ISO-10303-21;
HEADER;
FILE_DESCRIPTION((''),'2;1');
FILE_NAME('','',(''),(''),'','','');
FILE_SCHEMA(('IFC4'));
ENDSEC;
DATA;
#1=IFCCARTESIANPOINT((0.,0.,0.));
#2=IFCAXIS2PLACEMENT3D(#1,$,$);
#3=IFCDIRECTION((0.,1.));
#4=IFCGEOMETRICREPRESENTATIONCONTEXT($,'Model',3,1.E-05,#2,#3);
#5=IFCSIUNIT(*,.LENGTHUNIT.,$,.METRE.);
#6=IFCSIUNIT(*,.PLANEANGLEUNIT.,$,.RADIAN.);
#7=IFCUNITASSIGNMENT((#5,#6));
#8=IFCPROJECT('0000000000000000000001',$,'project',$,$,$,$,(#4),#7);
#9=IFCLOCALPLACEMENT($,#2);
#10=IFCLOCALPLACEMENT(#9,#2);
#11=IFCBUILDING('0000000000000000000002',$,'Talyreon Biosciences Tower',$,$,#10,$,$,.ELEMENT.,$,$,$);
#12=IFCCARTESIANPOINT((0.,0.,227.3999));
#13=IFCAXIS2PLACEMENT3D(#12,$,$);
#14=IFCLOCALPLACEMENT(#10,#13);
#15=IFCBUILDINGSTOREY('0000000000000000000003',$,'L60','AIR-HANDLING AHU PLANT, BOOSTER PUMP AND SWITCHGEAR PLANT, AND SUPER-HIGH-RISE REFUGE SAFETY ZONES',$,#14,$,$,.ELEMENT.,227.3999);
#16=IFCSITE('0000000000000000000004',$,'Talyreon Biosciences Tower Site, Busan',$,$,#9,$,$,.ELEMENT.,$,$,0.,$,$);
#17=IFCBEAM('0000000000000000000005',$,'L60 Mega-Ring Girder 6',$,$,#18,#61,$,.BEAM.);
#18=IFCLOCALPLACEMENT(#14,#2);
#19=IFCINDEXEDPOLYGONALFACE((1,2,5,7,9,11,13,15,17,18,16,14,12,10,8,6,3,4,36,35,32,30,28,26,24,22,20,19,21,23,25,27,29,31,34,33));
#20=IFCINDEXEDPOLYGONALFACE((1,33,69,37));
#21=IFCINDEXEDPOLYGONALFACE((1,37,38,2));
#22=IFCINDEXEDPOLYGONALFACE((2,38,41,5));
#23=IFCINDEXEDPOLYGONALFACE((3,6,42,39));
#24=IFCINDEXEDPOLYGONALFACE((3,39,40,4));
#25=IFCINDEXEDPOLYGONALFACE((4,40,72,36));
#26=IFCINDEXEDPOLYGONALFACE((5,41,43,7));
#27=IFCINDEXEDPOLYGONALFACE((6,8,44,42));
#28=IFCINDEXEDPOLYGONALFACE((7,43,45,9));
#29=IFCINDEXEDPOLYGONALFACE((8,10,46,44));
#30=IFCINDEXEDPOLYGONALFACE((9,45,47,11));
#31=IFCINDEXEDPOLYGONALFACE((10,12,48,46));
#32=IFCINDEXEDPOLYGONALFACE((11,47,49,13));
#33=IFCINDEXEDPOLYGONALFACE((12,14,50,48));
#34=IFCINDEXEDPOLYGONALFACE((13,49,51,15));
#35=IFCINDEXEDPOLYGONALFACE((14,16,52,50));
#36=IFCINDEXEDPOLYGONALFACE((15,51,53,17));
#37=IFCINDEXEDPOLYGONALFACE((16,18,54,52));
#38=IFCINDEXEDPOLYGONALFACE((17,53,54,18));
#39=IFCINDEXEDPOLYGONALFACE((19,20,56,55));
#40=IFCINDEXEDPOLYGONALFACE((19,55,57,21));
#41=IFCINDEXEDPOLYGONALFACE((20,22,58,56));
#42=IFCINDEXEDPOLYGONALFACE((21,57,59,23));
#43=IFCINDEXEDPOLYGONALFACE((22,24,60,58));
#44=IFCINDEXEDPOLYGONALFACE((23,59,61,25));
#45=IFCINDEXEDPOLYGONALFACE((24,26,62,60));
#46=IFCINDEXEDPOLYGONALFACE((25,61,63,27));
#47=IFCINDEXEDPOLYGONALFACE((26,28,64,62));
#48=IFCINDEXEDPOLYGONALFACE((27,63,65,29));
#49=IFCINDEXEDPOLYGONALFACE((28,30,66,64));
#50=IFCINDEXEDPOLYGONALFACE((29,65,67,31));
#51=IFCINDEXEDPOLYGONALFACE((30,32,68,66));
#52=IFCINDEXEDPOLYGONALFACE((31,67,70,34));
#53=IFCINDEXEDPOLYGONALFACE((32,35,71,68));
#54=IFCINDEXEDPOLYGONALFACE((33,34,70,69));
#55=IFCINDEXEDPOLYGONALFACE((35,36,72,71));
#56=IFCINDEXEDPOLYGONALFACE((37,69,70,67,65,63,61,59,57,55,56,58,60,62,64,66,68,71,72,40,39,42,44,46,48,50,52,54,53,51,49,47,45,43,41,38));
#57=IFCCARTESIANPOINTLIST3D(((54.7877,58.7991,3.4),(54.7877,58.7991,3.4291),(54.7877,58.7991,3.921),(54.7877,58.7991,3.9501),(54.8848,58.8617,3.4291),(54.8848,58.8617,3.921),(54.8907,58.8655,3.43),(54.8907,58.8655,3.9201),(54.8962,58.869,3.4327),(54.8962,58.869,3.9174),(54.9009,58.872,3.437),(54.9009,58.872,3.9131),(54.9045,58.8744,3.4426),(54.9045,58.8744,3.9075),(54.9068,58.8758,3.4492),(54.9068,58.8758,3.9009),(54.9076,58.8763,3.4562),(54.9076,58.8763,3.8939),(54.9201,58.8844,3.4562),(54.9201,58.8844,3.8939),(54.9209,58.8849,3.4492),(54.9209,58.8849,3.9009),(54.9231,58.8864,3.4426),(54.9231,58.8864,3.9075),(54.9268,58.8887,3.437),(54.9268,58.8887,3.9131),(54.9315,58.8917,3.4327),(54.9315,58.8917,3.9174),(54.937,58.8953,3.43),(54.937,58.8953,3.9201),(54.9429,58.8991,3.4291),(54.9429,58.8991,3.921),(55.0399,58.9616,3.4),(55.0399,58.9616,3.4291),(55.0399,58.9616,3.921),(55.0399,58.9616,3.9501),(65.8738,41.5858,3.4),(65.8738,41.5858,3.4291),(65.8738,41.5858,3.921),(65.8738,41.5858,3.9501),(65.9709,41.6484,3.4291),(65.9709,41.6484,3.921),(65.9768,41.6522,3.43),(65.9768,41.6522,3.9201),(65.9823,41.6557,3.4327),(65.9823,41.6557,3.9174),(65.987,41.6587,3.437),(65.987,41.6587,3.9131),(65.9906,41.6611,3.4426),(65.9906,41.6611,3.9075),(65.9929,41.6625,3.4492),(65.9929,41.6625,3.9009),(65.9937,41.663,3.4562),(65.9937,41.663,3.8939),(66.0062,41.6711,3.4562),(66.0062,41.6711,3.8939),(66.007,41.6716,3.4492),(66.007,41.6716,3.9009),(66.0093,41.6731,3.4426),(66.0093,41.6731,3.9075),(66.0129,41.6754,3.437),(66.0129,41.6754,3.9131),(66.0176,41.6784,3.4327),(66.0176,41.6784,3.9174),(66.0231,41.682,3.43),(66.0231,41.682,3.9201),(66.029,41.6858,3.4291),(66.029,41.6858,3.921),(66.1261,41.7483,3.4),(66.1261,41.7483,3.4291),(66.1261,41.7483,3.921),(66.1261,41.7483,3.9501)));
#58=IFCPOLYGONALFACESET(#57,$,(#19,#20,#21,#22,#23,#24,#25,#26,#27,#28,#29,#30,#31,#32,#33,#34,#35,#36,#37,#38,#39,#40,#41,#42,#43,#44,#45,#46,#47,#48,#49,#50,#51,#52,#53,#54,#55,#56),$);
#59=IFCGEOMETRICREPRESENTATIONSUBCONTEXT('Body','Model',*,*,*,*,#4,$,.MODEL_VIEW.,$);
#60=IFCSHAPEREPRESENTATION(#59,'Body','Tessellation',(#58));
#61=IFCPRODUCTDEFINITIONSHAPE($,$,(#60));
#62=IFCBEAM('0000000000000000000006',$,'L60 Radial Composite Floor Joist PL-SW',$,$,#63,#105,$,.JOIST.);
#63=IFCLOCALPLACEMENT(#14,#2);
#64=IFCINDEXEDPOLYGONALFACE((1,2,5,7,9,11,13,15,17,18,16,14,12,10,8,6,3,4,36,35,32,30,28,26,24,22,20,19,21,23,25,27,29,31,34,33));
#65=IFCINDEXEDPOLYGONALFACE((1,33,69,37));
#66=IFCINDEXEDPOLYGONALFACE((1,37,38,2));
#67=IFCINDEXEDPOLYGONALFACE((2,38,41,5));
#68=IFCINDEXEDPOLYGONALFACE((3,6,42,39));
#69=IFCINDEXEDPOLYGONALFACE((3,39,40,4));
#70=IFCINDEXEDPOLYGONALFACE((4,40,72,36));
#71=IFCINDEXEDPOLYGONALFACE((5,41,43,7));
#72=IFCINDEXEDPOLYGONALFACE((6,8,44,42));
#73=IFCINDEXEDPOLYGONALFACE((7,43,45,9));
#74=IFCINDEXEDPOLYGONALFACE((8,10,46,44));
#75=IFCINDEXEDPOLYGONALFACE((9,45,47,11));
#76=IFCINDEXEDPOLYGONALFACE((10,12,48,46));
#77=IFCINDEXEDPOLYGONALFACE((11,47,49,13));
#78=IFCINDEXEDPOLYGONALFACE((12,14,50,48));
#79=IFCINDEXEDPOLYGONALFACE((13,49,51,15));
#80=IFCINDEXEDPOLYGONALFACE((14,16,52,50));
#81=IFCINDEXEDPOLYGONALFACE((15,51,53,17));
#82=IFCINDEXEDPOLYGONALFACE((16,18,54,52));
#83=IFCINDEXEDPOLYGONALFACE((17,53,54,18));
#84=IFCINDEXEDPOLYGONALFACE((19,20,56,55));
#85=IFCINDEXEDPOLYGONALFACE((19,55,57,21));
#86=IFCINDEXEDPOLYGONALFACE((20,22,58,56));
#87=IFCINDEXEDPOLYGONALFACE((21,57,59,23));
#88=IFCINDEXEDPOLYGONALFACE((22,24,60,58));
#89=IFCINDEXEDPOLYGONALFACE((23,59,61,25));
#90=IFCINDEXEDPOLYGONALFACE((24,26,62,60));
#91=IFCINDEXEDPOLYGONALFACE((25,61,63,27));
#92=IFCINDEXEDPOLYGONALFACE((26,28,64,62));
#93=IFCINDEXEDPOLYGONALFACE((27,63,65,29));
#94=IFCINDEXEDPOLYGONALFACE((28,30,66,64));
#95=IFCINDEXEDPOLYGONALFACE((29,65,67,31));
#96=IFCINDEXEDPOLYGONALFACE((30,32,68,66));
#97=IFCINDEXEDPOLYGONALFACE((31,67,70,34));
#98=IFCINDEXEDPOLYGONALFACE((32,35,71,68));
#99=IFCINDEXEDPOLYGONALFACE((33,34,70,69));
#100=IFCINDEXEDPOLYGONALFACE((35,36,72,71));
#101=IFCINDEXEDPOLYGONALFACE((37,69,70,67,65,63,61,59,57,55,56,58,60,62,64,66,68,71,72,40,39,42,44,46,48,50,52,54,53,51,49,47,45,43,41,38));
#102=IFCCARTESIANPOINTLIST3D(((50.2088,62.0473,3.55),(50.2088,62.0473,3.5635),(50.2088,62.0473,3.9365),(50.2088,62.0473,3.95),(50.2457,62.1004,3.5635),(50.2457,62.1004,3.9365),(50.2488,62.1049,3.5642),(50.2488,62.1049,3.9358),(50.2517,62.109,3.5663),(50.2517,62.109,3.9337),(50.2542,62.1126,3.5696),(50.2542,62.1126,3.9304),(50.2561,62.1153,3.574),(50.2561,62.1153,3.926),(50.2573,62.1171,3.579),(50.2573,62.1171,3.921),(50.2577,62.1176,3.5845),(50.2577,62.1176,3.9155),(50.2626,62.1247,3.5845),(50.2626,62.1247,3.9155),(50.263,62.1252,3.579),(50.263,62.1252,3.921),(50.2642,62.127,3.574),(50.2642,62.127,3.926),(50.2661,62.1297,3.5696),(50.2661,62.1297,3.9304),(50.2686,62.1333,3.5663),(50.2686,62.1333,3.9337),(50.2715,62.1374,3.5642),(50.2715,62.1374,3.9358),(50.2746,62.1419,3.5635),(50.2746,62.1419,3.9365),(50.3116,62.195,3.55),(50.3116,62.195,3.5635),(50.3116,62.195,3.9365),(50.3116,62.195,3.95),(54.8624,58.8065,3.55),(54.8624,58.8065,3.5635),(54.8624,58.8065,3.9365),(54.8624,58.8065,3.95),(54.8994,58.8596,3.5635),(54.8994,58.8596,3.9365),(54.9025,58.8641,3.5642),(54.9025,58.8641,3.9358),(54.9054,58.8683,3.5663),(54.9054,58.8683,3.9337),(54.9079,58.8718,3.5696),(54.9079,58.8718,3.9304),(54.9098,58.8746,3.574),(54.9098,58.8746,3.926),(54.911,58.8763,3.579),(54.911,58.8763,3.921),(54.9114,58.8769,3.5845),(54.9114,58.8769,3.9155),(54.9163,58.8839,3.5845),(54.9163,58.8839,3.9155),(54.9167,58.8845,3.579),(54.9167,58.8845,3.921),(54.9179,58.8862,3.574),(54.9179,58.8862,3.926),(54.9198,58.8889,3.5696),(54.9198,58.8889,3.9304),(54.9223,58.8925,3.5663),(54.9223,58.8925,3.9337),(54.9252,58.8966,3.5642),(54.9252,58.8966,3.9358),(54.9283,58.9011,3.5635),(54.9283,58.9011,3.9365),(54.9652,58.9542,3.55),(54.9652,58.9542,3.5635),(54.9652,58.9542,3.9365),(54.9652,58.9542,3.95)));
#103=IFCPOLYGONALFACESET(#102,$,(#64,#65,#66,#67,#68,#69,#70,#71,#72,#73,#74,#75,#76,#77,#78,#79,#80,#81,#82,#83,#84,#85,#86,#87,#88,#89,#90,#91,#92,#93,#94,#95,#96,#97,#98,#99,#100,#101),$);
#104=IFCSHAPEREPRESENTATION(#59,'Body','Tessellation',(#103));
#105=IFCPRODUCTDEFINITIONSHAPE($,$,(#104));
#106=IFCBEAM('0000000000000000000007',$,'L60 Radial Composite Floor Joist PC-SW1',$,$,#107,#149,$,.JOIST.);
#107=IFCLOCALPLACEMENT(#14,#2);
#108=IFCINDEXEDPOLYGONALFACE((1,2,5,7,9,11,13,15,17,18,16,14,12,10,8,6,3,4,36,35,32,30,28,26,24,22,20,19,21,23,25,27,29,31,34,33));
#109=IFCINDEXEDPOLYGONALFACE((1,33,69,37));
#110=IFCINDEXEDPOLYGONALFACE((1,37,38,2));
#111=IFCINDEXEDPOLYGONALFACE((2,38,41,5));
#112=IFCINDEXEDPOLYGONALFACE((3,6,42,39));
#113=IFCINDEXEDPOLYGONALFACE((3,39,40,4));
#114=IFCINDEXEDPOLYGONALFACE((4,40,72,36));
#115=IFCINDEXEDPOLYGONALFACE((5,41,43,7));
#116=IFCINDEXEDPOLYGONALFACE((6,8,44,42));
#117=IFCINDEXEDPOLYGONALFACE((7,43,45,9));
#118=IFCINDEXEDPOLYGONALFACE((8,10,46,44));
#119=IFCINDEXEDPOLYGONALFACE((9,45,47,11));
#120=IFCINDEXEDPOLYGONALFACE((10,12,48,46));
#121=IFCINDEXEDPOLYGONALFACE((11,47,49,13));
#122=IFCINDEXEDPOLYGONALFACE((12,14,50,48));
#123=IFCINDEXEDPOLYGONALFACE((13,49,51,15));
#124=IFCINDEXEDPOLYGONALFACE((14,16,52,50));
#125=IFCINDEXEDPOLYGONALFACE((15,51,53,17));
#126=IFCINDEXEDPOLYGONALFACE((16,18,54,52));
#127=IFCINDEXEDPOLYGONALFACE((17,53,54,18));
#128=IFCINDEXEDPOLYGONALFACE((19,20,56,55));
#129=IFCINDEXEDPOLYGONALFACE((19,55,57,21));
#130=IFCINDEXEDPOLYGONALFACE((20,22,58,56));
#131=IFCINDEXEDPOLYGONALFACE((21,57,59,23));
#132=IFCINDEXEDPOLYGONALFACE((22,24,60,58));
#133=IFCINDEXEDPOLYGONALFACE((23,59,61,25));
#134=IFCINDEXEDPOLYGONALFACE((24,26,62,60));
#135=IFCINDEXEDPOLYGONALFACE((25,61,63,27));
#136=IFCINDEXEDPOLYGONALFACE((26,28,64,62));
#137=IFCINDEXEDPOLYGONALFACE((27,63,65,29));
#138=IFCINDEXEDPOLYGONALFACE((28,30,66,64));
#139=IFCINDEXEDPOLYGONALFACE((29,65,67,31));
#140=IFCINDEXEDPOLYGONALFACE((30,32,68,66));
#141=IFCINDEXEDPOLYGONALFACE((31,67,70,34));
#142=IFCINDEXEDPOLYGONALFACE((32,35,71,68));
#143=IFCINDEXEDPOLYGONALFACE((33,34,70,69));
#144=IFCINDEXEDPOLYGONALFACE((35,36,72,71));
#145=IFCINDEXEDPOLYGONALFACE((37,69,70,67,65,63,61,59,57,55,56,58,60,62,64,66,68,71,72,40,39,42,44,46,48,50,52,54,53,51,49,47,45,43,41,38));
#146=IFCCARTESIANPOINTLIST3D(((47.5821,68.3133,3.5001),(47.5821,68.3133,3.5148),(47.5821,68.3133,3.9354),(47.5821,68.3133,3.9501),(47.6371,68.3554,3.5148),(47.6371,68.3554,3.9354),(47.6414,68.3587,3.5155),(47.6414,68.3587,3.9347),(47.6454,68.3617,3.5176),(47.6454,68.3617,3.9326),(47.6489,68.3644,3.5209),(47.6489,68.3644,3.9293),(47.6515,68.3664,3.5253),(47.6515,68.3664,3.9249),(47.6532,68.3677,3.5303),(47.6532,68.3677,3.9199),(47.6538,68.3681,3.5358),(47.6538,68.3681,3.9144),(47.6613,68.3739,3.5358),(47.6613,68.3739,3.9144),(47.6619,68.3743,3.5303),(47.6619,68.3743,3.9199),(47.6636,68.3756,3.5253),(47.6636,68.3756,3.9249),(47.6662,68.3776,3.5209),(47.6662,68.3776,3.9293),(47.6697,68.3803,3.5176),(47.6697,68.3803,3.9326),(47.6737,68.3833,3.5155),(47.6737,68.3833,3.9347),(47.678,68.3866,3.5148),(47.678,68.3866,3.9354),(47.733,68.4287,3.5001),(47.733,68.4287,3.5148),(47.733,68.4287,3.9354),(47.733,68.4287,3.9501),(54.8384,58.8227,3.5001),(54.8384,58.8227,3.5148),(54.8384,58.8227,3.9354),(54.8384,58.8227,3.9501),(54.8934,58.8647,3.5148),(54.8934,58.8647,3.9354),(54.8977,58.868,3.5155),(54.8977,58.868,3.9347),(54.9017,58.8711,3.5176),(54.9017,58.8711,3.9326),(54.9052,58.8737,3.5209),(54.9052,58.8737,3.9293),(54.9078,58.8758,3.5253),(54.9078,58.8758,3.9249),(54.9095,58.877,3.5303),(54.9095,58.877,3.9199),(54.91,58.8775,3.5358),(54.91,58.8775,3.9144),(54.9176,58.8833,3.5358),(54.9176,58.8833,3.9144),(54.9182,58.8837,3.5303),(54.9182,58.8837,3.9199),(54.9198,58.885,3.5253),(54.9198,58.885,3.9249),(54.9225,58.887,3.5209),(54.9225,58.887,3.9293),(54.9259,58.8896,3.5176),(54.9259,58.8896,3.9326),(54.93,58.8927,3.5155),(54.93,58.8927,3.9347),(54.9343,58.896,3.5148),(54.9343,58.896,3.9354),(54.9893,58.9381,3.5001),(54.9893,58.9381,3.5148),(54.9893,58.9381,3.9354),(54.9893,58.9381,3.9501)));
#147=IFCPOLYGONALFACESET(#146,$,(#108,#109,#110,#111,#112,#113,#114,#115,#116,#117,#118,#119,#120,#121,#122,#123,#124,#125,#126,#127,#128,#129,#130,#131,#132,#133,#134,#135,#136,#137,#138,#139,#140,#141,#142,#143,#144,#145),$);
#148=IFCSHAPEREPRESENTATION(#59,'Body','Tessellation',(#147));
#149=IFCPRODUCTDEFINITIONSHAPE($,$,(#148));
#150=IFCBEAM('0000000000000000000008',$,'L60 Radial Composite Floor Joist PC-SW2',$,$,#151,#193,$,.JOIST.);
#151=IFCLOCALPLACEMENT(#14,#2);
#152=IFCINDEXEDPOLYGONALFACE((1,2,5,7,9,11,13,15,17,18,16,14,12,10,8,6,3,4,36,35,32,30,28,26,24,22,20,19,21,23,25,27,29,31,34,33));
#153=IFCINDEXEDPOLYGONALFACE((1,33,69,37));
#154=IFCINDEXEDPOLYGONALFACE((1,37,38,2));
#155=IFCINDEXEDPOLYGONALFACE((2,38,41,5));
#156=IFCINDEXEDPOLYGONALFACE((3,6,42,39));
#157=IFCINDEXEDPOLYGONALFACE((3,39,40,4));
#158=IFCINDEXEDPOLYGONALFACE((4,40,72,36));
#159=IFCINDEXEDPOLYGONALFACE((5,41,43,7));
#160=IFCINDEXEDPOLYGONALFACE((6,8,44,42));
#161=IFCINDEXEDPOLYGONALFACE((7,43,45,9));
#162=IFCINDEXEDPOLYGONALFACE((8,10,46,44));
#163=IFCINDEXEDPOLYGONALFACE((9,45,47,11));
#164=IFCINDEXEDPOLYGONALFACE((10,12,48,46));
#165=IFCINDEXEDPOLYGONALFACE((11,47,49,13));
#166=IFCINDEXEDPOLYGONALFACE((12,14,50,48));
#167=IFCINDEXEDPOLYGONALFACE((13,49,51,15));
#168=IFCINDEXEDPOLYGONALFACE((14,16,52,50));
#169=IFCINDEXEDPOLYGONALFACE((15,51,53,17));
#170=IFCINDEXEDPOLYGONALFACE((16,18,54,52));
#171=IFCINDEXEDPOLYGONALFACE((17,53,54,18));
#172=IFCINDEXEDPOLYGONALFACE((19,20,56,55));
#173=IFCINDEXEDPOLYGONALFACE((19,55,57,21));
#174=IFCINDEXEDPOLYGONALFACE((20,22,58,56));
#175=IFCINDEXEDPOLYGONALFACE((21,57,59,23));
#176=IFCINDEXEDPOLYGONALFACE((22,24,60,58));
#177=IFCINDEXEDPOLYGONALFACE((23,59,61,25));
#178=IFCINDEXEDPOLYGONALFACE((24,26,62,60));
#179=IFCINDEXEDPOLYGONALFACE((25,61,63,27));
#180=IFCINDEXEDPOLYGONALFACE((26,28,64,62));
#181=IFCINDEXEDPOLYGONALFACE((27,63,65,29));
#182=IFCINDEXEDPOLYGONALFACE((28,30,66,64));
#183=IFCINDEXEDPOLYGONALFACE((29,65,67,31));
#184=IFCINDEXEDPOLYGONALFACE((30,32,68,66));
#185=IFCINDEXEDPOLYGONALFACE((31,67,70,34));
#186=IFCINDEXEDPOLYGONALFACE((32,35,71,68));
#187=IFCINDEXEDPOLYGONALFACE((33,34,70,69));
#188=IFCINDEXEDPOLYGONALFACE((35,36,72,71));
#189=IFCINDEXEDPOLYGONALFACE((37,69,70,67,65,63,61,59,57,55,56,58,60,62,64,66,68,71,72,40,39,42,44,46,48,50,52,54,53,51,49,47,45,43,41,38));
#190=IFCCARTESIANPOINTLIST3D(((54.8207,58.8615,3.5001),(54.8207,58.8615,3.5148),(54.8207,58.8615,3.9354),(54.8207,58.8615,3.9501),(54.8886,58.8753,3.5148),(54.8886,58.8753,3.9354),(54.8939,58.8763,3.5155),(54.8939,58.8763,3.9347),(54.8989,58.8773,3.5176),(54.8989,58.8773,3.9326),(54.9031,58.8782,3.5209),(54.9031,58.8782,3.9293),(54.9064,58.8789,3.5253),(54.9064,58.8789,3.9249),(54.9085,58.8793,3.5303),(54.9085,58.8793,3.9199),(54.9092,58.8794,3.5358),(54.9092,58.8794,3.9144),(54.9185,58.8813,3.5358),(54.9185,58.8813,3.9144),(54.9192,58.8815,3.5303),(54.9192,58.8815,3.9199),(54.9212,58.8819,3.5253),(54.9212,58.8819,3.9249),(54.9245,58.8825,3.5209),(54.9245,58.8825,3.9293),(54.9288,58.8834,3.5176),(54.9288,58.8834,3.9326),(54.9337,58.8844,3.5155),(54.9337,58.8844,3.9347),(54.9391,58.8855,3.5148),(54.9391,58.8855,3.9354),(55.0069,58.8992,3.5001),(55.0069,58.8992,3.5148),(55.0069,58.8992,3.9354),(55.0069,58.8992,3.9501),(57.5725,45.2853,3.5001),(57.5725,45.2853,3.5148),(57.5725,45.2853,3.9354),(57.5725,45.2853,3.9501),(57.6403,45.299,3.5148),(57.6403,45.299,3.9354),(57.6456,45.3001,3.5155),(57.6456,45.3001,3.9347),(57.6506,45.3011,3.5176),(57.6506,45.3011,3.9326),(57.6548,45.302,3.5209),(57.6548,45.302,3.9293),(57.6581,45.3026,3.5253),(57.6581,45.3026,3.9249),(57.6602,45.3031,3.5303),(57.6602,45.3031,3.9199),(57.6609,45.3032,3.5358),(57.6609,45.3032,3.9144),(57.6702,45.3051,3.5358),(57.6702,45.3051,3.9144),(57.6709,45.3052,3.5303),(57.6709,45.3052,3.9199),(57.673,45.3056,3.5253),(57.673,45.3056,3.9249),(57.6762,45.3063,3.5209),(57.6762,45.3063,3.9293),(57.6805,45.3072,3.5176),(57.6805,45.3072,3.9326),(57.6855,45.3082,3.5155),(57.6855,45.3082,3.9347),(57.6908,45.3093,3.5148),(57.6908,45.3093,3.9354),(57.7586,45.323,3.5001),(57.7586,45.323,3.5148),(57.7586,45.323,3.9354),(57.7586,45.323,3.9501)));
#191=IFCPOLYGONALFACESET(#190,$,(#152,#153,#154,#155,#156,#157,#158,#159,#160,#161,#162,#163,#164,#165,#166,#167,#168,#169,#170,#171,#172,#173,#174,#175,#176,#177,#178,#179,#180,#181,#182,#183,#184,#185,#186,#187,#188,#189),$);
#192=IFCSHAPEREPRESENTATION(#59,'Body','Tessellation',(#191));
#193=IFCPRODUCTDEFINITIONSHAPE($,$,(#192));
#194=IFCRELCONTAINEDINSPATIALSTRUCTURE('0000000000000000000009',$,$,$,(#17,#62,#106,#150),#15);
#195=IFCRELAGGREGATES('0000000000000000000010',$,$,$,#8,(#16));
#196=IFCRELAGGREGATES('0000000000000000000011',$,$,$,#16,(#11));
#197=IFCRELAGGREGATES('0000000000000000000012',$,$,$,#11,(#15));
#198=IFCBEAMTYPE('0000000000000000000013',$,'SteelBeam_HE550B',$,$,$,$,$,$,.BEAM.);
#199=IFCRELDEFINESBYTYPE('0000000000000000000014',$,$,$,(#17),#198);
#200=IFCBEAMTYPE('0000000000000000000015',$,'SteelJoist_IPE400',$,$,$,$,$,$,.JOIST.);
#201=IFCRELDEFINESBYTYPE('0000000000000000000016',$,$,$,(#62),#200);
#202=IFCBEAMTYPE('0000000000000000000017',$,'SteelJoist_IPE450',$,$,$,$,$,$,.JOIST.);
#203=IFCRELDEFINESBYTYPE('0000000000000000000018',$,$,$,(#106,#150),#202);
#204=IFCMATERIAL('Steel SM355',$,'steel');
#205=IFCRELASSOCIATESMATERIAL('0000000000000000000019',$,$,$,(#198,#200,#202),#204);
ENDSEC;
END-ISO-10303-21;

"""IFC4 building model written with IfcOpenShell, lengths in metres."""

from ifc_helpers import new_model, si_unit, direction, frame, origin, origin_2d, place, context, subcontext, project, spatial, i_section, extrude, material, material_profile, profile_set, type_object, element, save


model = new_model("IFC4")

# Units and contexts
model_context = context("Model", 3, precision=1e-05, world=origin(), true_north=direction((0.0, 1.0)))
body_context = subcontext(model_context, "Body", "Model", "MODEL_VIEW")
ifc_project = project(units=[si_unit("LENGTHUNIT", "METRE"), si_unit("PLANEANGLEUNIT", "RADIAN")], contexts=[model_context])

# Site, building, storey
site_placement = place(None, origin())
site = spatial("IfcSite", under=ifc_project, at=site_placement, Name="Talyreon Biosciences Tower Site, Busan", CompositionType="ELEMENT", RefElevation=0.0)
building_placement = place(site_placement, origin())
building = spatial("IfcBuilding", under=site, at=building_placement, Name="Talyreon Biosciences Tower", CompositionType="ELEMENT")
storey_placement = place(building_placement, frame((0.0, 0.0, 227.3999)))
storey = spatial("IfcBuildingStorey", under=building, at=storey_placement, Name="L60", Description="AIR-HANDLING AHU PLANT, BOOSTER PUMP AND SWITCHGEAR PLANT, AND SUPER-HIGH-RISE REFUGE SAFETY ZONES", CompositionType="ELEMENT", Elevation=227.3999)

# Shared definitions
ifc_material_1 = material(Name="Steel SM355", Category="steel")

# Beams
ifc_material_profile_1 = material_profile(ifc_material_1, i_section(OverallWidth=0.3, OverallDepth=0.55, WebThickness=0.0149, FlangeThickness=0.0291, FilletRadius=0.0271, at=origin_2d()), Name="HE550B")
ifc_profile_set_1 = profile_set([ifc_material_profile_1], Name="Steel SM355")
beam_type_1 = type_object("IfcBeamType", Name="SteelBeam_HE550B", PredefinedType="BEAM", material=ifc_profile_set_1)
beam_1_placement = place(storey_placement, frame((54.9138, 58.8804, 3.675), z_axis=(0.541464, -0.840724, 0.0), x_axis=(0.840724, 0.541464, 0.0)))
element("IfcBeam", 1, at=beam_1_placement, inside=storey, type_object=beam_type_1, Name="L60 Mega-Ring Girder 6", PredefinedType="BEAM", context=body_context, shape_type="SweptSolid", body=[
    extrude(i_section(OverallWidth=0.3, OverallDepth=0.55, WebThickness=0.0149, FlangeThickness=0.0291, FilletRadius=0.0271, at=origin_2d()), origin(), (0.0, 0.0, 1.0), 20.4744),
])
ifc_material_profile_2 = material_profile(ifc_material_1, i_section(OverallWidth=0.1799, OverallDepth=0.3999, WebThickness=0.0085, FlangeThickness=0.0134, FilletRadius=0.021, at=origin_2d()), Name="IPE400")
ifc_profile_set_2 = profile_set([ifc_material_profile_2], Name="Steel SM355")
beam_type_2 = type_object("IfcBeamType", Name="SteelJoist_IPE400", PredefinedType="JOIST", material=ifc_profile_set_2)
beam_2_placement = place(storey_placement, frame((54.9138, 58.8804, 3.75), z_axis=(-0.820619, 0.571476, 0.0), x_axis=(-0.571476, -0.820619, 0.0)))
element("IfcBeam", 2, at=beam_2_placement, inside=storey, type_object=beam_type_2, Name="L60 Radial Composite Floor Joist PL-SW", PredefinedType="JOIST", context=body_context, shape_type="SweptSolid", body=[
    extrude(i_section(OverallWidth=0.1799, OverallDepth=0.3999, WebThickness=0.0085, FlangeThickness=0.0134, FilletRadius=0.021, at=origin_2d()), origin(), (0.0, 0.0, 1.0), 5.6709),
])
ifc_material_profile_3 = material_profile(ifc_material_1, i_section(OverallWidth=0.1899, OverallDepth=0.45, WebThickness=0.0095, FlangeThickness=0.0146, FilletRadius=0.021, at=origin_2d()), Name="IPE450")
ifc_profile_set_3 = profile_set([ifc_material_profile_3], Name="Steel SM355")
beam_type_3 = type_object("IfcBeamType", Name="SteelJoist_IPE450", PredefinedType="JOIST", material=ifc_profile_set_3)
beam_3_placement = place(storey_placement, frame((54.9138, 58.8804, 3.7251), z_axis=(-0.607383, 0.794409, 0.0), x_axis=(-0.794409, -0.607383, 0.0)))
element("IfcBeam", 3, at=beam_3_placement, inside=storey, type_object=beam_type_3, Name="L60 Radial Composite Floor Joist PC-SW1", PredefinedType="JOIST", context=body_context, shape_type="SweptSolid", body=[
    extrude(i_section(OverallWidth=0.1899, OverallDepth=0.45, WebThickness=0.0095, FlangeThickness=0.0146, FilletRadius=0.021, at=origin_2d()), origin(), (0.0, 0.0, 1.0), 11.9468),
])
beam_4_placement = place(storey_placement, frame((54.9138, 58.8804, 3.7251), z_axis=(0.198647, -0.980071, 0.0), x_axis=(0.980071, 0.198647, 0.0)))
element("IfcBeam", 4, at=beam_4_placement, inside=storey, type_object=beam_type_3, Name="L60 Radial Composite Floor Joist PC-SW2", PredefinedType="JOIST", context=body_context, shape_type="SweptSolid", body=[
    extrude(i_section(OverallWidth=0.1899, OverallDepth=0.45, WebThickness=0.0095, FlangeThickness=0.0146, FilletRadius=0.021, at=origin_2d()), origin(), (0.0, 0.0, 1.0), 13.8523),
])

save(model, "model.ifc")
